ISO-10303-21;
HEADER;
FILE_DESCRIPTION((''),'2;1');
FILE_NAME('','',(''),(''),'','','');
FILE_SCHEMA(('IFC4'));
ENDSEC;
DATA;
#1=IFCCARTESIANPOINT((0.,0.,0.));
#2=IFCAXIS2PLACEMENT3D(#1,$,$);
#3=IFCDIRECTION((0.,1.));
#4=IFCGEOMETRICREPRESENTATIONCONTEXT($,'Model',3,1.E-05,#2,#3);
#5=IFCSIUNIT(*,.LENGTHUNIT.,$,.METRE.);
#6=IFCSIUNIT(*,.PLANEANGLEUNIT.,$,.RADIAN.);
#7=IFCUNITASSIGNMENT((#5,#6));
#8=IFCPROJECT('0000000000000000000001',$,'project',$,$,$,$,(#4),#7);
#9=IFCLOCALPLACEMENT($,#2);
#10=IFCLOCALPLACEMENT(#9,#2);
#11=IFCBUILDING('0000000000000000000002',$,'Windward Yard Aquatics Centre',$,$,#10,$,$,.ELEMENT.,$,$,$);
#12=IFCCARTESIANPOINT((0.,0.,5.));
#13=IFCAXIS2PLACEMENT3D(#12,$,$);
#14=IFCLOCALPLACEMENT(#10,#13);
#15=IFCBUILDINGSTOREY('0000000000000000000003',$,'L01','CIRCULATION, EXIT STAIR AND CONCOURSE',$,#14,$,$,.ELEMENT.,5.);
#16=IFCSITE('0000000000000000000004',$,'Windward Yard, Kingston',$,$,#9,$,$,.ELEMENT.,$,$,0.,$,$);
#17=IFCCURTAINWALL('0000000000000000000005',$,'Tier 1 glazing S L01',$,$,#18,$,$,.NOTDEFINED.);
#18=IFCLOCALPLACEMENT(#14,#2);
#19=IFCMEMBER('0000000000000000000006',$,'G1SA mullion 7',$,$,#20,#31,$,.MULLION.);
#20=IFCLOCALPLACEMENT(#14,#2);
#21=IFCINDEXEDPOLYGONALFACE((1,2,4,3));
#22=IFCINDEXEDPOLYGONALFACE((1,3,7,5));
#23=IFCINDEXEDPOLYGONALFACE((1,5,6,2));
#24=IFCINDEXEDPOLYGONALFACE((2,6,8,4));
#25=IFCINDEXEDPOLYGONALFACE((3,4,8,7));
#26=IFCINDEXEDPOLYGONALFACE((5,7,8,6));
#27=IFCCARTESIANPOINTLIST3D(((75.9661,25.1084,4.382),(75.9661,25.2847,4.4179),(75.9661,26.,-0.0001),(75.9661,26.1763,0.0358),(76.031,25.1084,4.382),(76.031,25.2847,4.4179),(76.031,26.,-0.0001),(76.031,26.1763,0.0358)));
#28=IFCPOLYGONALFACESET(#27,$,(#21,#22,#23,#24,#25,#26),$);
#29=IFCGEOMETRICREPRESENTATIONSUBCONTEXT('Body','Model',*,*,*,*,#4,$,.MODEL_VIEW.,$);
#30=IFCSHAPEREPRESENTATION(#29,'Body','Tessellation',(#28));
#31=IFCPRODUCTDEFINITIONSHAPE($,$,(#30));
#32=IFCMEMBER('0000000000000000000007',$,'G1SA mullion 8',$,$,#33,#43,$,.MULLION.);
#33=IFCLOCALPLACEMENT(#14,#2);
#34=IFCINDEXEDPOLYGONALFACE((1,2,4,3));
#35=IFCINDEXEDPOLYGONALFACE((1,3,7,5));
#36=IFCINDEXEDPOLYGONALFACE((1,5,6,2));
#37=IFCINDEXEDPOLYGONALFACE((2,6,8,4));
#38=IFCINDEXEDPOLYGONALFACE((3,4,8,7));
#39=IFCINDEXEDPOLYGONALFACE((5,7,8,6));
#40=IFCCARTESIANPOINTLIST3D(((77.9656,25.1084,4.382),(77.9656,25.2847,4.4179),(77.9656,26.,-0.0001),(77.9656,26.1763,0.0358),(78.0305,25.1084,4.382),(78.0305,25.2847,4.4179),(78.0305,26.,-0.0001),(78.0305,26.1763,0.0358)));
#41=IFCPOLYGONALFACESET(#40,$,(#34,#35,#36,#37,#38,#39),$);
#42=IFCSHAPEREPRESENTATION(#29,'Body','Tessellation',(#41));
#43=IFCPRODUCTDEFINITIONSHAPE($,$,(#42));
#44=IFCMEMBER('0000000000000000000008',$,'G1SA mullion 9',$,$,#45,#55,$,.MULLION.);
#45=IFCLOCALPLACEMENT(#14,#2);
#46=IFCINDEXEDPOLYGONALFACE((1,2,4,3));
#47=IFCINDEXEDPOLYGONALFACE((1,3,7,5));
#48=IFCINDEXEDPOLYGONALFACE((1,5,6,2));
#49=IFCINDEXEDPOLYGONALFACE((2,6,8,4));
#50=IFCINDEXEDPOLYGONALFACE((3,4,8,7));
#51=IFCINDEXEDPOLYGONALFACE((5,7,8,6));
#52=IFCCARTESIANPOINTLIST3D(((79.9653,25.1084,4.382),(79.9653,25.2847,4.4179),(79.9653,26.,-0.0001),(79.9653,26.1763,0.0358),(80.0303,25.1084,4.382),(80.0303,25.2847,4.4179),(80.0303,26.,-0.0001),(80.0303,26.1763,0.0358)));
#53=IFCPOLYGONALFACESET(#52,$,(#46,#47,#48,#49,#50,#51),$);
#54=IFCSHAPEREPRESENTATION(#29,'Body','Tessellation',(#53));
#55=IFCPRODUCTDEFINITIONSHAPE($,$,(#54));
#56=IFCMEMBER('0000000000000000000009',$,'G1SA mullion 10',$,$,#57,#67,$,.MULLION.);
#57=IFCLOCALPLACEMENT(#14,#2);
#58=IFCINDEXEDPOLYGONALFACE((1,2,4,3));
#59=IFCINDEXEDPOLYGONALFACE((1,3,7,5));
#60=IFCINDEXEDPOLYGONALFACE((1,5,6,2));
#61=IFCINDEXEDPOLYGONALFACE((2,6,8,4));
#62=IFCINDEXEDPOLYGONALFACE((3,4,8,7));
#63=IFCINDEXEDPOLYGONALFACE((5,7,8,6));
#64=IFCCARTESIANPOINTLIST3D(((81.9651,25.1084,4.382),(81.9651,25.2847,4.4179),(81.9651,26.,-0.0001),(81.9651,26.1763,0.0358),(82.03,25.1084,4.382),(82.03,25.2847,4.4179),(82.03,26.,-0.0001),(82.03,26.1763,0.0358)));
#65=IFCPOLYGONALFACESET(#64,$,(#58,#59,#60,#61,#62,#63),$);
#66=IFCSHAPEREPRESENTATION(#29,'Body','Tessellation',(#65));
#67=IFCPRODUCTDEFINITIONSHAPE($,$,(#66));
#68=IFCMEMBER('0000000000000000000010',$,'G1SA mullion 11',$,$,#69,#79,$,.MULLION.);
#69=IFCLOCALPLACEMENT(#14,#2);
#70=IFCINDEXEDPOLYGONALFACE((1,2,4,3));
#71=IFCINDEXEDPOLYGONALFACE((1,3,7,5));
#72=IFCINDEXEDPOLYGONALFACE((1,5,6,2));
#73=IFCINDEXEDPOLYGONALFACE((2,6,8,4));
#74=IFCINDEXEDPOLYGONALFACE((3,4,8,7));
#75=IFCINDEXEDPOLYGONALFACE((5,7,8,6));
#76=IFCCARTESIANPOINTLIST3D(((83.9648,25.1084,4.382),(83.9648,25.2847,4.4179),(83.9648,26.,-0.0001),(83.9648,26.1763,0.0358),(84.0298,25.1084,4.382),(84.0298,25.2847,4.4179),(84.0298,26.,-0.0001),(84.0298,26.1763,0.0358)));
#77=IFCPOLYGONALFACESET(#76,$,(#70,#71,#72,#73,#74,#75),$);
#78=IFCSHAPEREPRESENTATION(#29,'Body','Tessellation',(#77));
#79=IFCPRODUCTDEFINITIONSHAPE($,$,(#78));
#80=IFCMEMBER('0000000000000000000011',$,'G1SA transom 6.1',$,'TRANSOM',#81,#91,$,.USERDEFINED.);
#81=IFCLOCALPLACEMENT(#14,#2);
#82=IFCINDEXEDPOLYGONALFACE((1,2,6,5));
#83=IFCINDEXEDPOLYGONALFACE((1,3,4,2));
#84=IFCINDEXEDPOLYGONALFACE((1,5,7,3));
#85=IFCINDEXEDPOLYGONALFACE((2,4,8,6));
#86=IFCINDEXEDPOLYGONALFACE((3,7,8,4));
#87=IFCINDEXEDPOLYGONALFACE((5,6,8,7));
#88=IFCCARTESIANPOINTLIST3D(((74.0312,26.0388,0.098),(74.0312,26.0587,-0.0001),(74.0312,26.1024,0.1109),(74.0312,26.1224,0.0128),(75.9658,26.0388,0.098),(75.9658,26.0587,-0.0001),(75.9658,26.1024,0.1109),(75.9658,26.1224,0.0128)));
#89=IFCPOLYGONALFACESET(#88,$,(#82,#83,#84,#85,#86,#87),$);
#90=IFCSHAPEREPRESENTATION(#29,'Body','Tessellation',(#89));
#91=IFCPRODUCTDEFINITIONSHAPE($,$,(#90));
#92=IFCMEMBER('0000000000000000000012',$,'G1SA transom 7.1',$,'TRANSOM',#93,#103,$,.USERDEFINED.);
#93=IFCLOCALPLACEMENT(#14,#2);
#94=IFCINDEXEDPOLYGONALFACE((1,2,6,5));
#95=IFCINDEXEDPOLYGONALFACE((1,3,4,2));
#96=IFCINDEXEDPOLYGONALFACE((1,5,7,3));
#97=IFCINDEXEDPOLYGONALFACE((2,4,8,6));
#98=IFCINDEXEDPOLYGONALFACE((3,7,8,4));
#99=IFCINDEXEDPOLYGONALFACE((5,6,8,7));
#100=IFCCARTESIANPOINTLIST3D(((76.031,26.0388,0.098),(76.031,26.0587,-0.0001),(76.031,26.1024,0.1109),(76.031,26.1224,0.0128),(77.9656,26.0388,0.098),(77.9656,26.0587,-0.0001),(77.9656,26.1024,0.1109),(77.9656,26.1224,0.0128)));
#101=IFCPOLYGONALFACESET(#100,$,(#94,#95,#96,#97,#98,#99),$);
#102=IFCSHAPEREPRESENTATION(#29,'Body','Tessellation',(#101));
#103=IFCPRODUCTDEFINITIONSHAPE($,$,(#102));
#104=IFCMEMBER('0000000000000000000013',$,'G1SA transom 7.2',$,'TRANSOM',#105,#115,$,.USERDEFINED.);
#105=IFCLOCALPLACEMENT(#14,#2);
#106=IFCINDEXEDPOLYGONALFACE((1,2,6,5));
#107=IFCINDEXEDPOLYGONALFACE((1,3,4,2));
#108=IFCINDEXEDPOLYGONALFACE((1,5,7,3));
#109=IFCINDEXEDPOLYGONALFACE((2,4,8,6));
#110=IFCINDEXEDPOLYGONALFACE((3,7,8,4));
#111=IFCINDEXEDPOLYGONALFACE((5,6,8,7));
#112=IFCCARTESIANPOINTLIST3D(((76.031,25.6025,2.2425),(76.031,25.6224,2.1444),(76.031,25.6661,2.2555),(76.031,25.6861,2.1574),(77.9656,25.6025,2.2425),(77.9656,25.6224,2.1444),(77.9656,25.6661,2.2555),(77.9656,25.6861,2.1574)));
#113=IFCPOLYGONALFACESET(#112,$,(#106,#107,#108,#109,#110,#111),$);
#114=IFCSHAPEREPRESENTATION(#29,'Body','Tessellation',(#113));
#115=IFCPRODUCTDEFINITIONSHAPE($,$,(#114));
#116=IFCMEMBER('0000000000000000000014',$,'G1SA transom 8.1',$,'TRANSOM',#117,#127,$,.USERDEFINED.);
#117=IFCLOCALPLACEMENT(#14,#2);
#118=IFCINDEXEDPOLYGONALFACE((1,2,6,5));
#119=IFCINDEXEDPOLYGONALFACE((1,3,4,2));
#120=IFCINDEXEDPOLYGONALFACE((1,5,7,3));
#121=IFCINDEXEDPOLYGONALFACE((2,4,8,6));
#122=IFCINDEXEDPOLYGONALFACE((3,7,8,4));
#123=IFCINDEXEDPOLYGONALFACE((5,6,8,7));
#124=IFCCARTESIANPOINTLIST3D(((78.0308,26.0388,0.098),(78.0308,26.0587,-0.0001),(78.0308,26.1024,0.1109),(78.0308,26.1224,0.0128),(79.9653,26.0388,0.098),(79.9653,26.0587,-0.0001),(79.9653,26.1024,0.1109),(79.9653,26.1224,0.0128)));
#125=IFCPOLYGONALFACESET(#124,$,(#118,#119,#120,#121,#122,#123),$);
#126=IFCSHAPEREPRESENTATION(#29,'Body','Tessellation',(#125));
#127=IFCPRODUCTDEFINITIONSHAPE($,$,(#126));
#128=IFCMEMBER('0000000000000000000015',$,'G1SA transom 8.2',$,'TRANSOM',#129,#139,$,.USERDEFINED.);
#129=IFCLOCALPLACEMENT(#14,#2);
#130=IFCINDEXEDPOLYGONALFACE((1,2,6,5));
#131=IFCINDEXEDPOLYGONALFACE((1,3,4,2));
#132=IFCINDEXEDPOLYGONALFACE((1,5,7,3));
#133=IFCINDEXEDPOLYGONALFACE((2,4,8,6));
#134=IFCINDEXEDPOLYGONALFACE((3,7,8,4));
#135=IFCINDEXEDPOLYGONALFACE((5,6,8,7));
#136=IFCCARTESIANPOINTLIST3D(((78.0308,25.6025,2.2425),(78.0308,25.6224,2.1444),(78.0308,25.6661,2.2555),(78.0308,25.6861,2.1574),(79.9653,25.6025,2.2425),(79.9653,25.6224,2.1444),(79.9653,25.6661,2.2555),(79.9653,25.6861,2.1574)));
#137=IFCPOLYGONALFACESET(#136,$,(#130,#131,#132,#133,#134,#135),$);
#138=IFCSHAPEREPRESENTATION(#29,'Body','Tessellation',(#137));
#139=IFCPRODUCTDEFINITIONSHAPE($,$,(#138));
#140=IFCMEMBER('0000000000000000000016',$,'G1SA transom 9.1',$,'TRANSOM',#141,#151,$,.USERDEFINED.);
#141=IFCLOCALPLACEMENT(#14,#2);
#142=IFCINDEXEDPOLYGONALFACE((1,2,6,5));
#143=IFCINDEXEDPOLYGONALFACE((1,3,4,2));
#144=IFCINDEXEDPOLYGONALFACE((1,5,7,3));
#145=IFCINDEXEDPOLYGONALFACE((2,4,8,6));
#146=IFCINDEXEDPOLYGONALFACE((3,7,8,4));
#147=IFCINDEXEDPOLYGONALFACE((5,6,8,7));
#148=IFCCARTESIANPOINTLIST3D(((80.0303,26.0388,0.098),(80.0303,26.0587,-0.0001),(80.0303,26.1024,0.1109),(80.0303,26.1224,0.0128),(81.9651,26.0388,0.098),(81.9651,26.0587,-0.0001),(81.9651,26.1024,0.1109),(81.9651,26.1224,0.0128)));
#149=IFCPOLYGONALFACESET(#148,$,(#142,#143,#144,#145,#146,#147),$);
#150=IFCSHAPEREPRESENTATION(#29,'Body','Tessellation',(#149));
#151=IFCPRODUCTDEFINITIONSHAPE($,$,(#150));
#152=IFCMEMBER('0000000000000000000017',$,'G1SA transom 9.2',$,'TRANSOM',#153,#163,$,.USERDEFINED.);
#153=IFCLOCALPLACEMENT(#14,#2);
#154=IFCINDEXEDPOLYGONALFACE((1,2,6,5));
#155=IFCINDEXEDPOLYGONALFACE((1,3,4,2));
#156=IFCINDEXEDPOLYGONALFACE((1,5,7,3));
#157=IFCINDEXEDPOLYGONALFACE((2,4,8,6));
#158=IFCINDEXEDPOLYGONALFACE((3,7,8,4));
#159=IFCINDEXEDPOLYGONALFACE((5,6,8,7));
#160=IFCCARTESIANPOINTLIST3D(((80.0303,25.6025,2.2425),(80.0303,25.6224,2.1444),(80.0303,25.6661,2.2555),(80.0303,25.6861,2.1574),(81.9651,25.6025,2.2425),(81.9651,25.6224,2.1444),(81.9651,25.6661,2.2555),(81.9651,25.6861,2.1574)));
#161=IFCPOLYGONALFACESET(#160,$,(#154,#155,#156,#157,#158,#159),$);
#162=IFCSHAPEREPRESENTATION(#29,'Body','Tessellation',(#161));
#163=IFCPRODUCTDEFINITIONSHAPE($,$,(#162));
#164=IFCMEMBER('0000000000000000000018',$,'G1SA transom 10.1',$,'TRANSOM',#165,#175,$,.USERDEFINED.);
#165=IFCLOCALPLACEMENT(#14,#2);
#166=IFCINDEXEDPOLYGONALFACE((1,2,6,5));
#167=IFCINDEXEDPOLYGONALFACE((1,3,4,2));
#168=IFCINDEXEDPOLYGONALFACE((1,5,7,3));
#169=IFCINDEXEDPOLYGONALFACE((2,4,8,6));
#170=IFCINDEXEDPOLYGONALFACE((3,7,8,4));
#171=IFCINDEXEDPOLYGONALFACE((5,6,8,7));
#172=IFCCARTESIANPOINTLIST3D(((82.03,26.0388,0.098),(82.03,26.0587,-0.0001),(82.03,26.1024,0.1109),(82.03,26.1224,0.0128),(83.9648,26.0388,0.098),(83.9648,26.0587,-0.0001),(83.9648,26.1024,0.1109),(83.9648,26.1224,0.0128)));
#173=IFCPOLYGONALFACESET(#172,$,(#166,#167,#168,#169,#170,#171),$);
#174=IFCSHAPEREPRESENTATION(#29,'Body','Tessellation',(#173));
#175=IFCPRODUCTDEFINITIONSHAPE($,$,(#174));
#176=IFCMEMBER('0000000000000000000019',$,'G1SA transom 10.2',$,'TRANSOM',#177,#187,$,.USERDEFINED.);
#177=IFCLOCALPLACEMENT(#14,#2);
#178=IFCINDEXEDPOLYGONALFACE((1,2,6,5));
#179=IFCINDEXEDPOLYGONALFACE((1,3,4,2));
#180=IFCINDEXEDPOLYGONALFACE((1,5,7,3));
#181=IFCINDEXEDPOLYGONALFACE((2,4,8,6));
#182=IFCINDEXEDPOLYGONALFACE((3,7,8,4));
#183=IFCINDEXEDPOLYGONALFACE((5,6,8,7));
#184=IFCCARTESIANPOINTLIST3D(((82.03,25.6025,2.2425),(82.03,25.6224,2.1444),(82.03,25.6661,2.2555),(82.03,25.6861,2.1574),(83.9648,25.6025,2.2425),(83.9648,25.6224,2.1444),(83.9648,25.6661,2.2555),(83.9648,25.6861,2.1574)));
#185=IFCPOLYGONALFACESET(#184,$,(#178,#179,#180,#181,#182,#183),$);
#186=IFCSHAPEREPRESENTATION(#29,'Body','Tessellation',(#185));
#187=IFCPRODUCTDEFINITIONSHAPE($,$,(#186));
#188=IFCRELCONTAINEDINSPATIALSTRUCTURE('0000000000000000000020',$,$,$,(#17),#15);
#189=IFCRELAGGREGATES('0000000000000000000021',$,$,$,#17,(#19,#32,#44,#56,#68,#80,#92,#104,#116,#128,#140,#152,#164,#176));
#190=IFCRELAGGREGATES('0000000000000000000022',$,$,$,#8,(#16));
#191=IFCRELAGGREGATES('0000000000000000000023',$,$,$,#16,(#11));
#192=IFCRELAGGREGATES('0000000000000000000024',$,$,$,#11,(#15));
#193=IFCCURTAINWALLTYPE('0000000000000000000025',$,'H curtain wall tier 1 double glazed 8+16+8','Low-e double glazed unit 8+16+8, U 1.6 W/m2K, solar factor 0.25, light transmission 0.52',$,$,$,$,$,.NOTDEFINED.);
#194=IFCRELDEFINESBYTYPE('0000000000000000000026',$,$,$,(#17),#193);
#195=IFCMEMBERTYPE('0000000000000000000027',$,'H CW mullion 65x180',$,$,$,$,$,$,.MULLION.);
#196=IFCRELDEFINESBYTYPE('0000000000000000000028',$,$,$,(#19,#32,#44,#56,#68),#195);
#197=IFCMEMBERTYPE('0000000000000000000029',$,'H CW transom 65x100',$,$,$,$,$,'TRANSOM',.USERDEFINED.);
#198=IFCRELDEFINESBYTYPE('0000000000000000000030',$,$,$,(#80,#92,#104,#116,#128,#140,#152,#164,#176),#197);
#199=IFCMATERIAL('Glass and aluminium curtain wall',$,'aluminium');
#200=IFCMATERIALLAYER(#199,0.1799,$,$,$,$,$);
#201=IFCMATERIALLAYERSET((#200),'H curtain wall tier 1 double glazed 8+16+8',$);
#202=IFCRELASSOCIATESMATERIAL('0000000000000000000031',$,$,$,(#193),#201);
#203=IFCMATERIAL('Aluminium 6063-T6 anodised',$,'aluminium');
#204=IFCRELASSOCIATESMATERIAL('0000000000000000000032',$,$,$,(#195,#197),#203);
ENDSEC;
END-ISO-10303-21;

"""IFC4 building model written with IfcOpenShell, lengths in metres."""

from ifc_helpers import new_model, si_unit, direction, frame, origin, origin_2d, place, context, subcontext, project, spatial, rectangle, extrude, material, layer, layer_set, material_profile, profile_set, type_object, element, aggregate, save


model = new_model("IFC4")

# Units and contexts
model_context = context("Model", 3, precision=1e-05, world=origin(), true_north=direction((0.0, 1.0)))
body_context = subcontext(model_context, "Body", "Model", "MODEL_VIEW")
ifc_project = project(units=[si_unit("LENGTHUNIT", "METRE"), si_unit("PLANEANGLEUNIT", "RADIAN")], contexts=[model_context])

# Site, building, storey
site_placement = place(None, origin())
site = spatial("IfcSite", under=ifc_project, at=site_placement, Name="Windward Yard, Kingston", CompositionType="ELEMENT", RefElevation=0.0)
building_placement = place(site_placement, origin())
building = spatial("IfcBuilding", under=site, at=building_placement, Name="Windward Yard Aquatics Centre", CompositionType="ELEMENT")
storey_placement = place(building_placement, frame((0.0, 0.0, 5.0)))
storey = spatial("IfcBuildingStorey", under=building, at=storey_placement, Name="L01", Description="CIRCULATION, EXIT STAIR AND CONCOURSE", CompositionType="ELEMENT", Elevation=5.0)

# Curtain wall, members
ifc_material_1 = material(Name="Glass and aluminium curtain wall", Category="aluminium")
ifc_layer_1 = layer(ifc_material_1, 0.1799)
ifc_layer_set_1 = layer_set([ifc_layer_1], Name="H curtain wall tier 1 double glazed 8+16+8")
curtain_wall_type = type_object("IfcCurtainWallType", Name="H curtain wall tier 1 double glazed 8+16+8", Description="Low-e double glazed unit 8+16+8, U 1.6 W/m2K, solar factor 0.25, light transmission 0.52", PredefinedType="NOTDEFINED", material=ifc_layer_set_1)
curtain_wall_placement = place(storey_placement, origin())
curtain_wall = element("IfcCurtainWall", 1, at=curtain_wall_placement, inside=storey, type_object=curtain_wall_type, Name="Tier 1 glazing S L01", PredefinedType="NOTDEFINED")
ifc_material_2 = material(Name="Aluminium 6063-T6 anodised", Category="aluminium")
ifc_material_profile_1 = material_profile(ifc_material_2, rectangle(XDim=0.0649, YDim=0.1799, at=origin_2d()), Name="H CW mullion 65x180")
ifc_profile_set_1 = profile_set([ifc_material_profile_1], Name="Aluminium 6063-T6 anodised")
member_type_1 = type_object("IfcMemberType", Name="H CW mullion 65x180", PredefinedType="MULLION", material=ifc_profile_set_1)
member_1_placement = place(storey_placement, frame((75.9985, 26.0881, 0.0178), z_axis=(0.0, -0.19938, 0.979922), x_axis=(1.0, 0.0, 0.0)))
member_1 = element("IfcMember", 2, at=member_1_placement, type_object=member_type_1, Name="G1SA mullion 7", PredefinedType="MULLION", context=body_context, shape_type="SweptSolid", body=[
    extrude(rectangle(XDim=0.0649, YDim=0.1799, at=origin_2d()), origin(), (0.0, 0.0, 1.0), 4.4719),
])
member_2_placement = place(storey_placement, frame((77.998, 26.0881, 0.0178), z_axis=(0.0, -0.19938, 0.979922), x_axis=(1.0, 0.0, 0.0)))
member_2 = element("IfcMember", 3, at=member_2_placement, type_object=member_type_1, Name="G1SA mullion 8", PredefinedType="MULLION", context=body_context, shape_type="SweptSolid", body=[
    extrude(rectangle(XDim=0.0649, YDim=0.1799, at=origin_2d()), origin(), (0.0, 0.0, 1.0), 4.4719),
])
member_3_placement = place(storey_placement, frame((79.9978, 26.0881, 0.0178), z_axis=(0.0, -0.19938, 0.979922), x_axis=(1.0, 0.0, 0.0)))
member_3 = element("IfcMember", 4, at=member_3_placement, type_object=member_type_1, Name="G1SA mullion 9", PredefinedType="MULLION", context=body_context, shape_type="SweptSolid", body=[
    extrude(rectangle(XDim=0.0649, YDim=0.1799, at=origin_2d()), origin(), (0.0, 0.0, 1.0), 4.4719),
])
member_4_placement = place(storey_placement, frame((81.9976, 26.0881, 0.0178), z_axis=(0.0, -0.19938, 0.979922), x_axis=(1.0, 0.0, 0.0)))
member_4 = element("IfcMember", 5, at=member_4_placement, type_object=member_type_1, Name="G1SA mullion 10", PredefinedType="MULLION", context=body_context, shape_type="SweptSolid", body=[
    extrude(rectangle(XDim=0.0649, YDim=0.1799, at=origin_2d()), origin(), (0.0, 0.0, 1.0), 4.4719),
])
member_5_placement = place(storey_placement, frame((83.9973, 26.0881, 0.0178), z_axis=(0.0, -0.19938, 0.979922), x_axis=(1.0, 0.0, 0.0)))
member_5 = element("IfcMember", 6, at=member_5_placement, type_object=member_type_1, Name="G1SA mullion 11", PredefinedType="MULLION", context=body_context, shape_type="SweptSolid", body=[
    extrude(rectangle(XDim=0.0649, YDim=0.1799, at=origin_2d()), origin(), (0.0, 0.0, 1.0), 4.4719),
])
ifc_material_profile_2 = material_profile(ifc_material_2, rectangle(XDim=0.0649, YDim=0.1001, at=origin_2d()), Name="H CW transom 65x100")
ifc_profile_set_2 = profile_set([ifc_material_profile_2], Name="Aluminium 6063-T6 anodised")
member_type_2 = type_object("IfcMemberType", Name="H CW transom 65x100", ElementType="TRANSOM", PredefinedType="USERDEFINED", material=ifc_profile_set_2)
member_6_placement = place(storey_placement, frame((74.0312, 26.0806, 0.0554), z_axis=(1.0, 0.0, 0.0), x_axis=(0.0, 0.979925, 0.199368)))
member_6 = element("IfcMember", 7, at=member_6_placement, type_object=member_type_2, Name="G1SA transom 6.1", ObjectType="TRANSOM", PredefinedType="USERDEFINED", context=body_context, shape_type="SweptSolid", body=[
    extrude(rectangle(XDim=0.0649, YDim=0.1001, at=origin_2d()), origin(), (0.0, 0.0, 1.0), 1.9346),
])
member_7_placement = place(storey_placement, frame((76.031, 26.0806, 0.0554), z_axis=(1.0, 0.0, 0.0), x_axis=(0.0, 0.979925, 0.199368)))
member_7 = element("IfcMember", 8, at=member_7_placement, type_object=member_type_2, Name="G1SA transom 7.1", ObjectType="TRANSOM", PredefinedType="USERDEFINED", context=body_context, shape_type="SweptSolid", body=[
    extrude(rectangle(XDim=0.0649, YDim=0.1001, at=origin_2d()), origin(), (0.0, 0.0, 1.0), 1.9346),
])
member_8_placement = place(storey_placement, frame((76.031, 25.6443, 2.2), z_axis=(1.0, 0.0, 0.0), x_axis=(0.0, 0.979925, 0.199368)))
member_8 = element("IfcMember", 9, at=member_8_placement, type_object=member_type_2, Name="G1SA transom 7.2", ObjectType="TRANSOM", PredefinedType="USERDEFINED", context=body_context, shape_type="SweptSolid", body=[
    extrude(rectangle(XDim=0.0649, YDim=0.1001, at=origin_2d()), origin(), (0.0, 0.0, 1.0), 1.9346),
])
member_9_placement = place(storey_placement, frame((78.0308, 26.0806, 0.0554), z_axis=(1.0, 0.0, 0.0), x_axis=(0.0, 0.979925, 0.199368)))
member_9 = element("IfcMember", 10, at=member_9_placement, type_object=member_type_2, Name="G1SA transom 8.1", ObjectType="TRANSOM", PredefinedType="USERDEFINED", context=body_context, shape_type="SweptSolid", body=[
    extrude(rectangle(XDim=0.0649, YDim=0.1001, at=origin_2d()), origin(), (0.0, 0.0, 1.0), 1.9346),
])
member_10_placement = place(storey_placement, frame((78.0308, 25.6443, 2.2), z_axis=(1.0, 0.0, 0.0), x_axis=(0.0, 0.979925, 0.199368)))
member_10 = element("IfcMember", 11, at=member_10_placement, type_object=member_type_2, Name="G1SA transom 8.2", ObjectType="TRANSOM", PredefinedType="USERDEFINED", context=body_context, shape_type="SweptSolid", body=[
    extrude(rectangle(XDim=0.0649, YDim=0.1001, at=origin_2d()), origin(), (0.0, 0.0, 1.0), 1.9346),
])
member_11_placement = place(storey_placement, frame((80.0303, 26.0806, 0.0554), z_axis=(1.0, 0.0, 0.0), x_axis=(0.0, 0.979925, 0.199368)))
member_11 = element("IfcMember", 12, at=member_11_placement, type_object=member_type_2, Name="G1SA transom 9.1", ObjectType="TRANSOM", PredefinedType="USERDEFINED", context=body_context, shape_type="SweptSolid", body=[
    extrude(rectangle(XDim=0.0649, YDim=0.1001, at=origin_2d()), origin(), (0.0, 0.0, 1.0), 1.9348),
])
member_12_placement = place(storey_placement, frame((80.0303, 25.6443, 2.2), z_axis=(1.0, 0.0, 0.0), x_axis=(0.0, 0.979925, 0.199368)))
member_12 = element("IfcMember", 13, at=member_12_placement, type_object=member_type_2, Name="G1SA transom 9.2", ObjectType="TRANSOM", PredefinedType="USERDEFINED", context=body_context, shape_type="SweptSolid", body=[
    extrude(rectangle(XDim=0.0649, YDim=0.1001, at=origin_2d()), origin(), (0.0, 0.0, 1.0), 1.9348),
])
member_13_placement = place(storey_placement, frame((82.03, 26.0806, 0.0554), z_axis=(1.0, 0.0, 0.0), x_axis=(0.0, 0.979925, 0.199368)))
member_13 = element("IfcMember", 14, at=member_13_placement, type_object=member_type_2, Name="G1SA transom 10.1", ObjectType="TRANSOM", PredefinedType="USERDEFINED", context=body_context, shape_type="SweptSolid", body=[
    extrude(rectangle(XDim=0.0649, YDim=0.1001, at=origin_2d()), origin(), (0.0, 0.0, 1.0), 1.9348),
])
member_14_placement = place(storey_placement, frame((82.03, 25.6443, 2.2), z_axis=(1.0, 0.0, 0.0), x_axis=(0.0, 0.979925, 0.199368)))
member_14 = element("IfcMember", 15, at=member_14_placement, type_object=member_type_2, Name="G1SA transom 10.2", ObjectType="TRANSOM", PredefinedType="USERDEFINED", context=body_context, shape_type="SweptSolid", body=[
    extrude(rectangle(XDim=0.0649, YDim=0.1001, at=origin_2d()), origin(), (0.0, 0.0, 1.0), 1.9348),
])
aggregate(curtain_wall, [member_1, member_2, member_3, member_4, member_5, member_6, member_7, member_8, member_9, member_10, member_11, member_12, member_13, member_14])

save(model, "model.ifc")
